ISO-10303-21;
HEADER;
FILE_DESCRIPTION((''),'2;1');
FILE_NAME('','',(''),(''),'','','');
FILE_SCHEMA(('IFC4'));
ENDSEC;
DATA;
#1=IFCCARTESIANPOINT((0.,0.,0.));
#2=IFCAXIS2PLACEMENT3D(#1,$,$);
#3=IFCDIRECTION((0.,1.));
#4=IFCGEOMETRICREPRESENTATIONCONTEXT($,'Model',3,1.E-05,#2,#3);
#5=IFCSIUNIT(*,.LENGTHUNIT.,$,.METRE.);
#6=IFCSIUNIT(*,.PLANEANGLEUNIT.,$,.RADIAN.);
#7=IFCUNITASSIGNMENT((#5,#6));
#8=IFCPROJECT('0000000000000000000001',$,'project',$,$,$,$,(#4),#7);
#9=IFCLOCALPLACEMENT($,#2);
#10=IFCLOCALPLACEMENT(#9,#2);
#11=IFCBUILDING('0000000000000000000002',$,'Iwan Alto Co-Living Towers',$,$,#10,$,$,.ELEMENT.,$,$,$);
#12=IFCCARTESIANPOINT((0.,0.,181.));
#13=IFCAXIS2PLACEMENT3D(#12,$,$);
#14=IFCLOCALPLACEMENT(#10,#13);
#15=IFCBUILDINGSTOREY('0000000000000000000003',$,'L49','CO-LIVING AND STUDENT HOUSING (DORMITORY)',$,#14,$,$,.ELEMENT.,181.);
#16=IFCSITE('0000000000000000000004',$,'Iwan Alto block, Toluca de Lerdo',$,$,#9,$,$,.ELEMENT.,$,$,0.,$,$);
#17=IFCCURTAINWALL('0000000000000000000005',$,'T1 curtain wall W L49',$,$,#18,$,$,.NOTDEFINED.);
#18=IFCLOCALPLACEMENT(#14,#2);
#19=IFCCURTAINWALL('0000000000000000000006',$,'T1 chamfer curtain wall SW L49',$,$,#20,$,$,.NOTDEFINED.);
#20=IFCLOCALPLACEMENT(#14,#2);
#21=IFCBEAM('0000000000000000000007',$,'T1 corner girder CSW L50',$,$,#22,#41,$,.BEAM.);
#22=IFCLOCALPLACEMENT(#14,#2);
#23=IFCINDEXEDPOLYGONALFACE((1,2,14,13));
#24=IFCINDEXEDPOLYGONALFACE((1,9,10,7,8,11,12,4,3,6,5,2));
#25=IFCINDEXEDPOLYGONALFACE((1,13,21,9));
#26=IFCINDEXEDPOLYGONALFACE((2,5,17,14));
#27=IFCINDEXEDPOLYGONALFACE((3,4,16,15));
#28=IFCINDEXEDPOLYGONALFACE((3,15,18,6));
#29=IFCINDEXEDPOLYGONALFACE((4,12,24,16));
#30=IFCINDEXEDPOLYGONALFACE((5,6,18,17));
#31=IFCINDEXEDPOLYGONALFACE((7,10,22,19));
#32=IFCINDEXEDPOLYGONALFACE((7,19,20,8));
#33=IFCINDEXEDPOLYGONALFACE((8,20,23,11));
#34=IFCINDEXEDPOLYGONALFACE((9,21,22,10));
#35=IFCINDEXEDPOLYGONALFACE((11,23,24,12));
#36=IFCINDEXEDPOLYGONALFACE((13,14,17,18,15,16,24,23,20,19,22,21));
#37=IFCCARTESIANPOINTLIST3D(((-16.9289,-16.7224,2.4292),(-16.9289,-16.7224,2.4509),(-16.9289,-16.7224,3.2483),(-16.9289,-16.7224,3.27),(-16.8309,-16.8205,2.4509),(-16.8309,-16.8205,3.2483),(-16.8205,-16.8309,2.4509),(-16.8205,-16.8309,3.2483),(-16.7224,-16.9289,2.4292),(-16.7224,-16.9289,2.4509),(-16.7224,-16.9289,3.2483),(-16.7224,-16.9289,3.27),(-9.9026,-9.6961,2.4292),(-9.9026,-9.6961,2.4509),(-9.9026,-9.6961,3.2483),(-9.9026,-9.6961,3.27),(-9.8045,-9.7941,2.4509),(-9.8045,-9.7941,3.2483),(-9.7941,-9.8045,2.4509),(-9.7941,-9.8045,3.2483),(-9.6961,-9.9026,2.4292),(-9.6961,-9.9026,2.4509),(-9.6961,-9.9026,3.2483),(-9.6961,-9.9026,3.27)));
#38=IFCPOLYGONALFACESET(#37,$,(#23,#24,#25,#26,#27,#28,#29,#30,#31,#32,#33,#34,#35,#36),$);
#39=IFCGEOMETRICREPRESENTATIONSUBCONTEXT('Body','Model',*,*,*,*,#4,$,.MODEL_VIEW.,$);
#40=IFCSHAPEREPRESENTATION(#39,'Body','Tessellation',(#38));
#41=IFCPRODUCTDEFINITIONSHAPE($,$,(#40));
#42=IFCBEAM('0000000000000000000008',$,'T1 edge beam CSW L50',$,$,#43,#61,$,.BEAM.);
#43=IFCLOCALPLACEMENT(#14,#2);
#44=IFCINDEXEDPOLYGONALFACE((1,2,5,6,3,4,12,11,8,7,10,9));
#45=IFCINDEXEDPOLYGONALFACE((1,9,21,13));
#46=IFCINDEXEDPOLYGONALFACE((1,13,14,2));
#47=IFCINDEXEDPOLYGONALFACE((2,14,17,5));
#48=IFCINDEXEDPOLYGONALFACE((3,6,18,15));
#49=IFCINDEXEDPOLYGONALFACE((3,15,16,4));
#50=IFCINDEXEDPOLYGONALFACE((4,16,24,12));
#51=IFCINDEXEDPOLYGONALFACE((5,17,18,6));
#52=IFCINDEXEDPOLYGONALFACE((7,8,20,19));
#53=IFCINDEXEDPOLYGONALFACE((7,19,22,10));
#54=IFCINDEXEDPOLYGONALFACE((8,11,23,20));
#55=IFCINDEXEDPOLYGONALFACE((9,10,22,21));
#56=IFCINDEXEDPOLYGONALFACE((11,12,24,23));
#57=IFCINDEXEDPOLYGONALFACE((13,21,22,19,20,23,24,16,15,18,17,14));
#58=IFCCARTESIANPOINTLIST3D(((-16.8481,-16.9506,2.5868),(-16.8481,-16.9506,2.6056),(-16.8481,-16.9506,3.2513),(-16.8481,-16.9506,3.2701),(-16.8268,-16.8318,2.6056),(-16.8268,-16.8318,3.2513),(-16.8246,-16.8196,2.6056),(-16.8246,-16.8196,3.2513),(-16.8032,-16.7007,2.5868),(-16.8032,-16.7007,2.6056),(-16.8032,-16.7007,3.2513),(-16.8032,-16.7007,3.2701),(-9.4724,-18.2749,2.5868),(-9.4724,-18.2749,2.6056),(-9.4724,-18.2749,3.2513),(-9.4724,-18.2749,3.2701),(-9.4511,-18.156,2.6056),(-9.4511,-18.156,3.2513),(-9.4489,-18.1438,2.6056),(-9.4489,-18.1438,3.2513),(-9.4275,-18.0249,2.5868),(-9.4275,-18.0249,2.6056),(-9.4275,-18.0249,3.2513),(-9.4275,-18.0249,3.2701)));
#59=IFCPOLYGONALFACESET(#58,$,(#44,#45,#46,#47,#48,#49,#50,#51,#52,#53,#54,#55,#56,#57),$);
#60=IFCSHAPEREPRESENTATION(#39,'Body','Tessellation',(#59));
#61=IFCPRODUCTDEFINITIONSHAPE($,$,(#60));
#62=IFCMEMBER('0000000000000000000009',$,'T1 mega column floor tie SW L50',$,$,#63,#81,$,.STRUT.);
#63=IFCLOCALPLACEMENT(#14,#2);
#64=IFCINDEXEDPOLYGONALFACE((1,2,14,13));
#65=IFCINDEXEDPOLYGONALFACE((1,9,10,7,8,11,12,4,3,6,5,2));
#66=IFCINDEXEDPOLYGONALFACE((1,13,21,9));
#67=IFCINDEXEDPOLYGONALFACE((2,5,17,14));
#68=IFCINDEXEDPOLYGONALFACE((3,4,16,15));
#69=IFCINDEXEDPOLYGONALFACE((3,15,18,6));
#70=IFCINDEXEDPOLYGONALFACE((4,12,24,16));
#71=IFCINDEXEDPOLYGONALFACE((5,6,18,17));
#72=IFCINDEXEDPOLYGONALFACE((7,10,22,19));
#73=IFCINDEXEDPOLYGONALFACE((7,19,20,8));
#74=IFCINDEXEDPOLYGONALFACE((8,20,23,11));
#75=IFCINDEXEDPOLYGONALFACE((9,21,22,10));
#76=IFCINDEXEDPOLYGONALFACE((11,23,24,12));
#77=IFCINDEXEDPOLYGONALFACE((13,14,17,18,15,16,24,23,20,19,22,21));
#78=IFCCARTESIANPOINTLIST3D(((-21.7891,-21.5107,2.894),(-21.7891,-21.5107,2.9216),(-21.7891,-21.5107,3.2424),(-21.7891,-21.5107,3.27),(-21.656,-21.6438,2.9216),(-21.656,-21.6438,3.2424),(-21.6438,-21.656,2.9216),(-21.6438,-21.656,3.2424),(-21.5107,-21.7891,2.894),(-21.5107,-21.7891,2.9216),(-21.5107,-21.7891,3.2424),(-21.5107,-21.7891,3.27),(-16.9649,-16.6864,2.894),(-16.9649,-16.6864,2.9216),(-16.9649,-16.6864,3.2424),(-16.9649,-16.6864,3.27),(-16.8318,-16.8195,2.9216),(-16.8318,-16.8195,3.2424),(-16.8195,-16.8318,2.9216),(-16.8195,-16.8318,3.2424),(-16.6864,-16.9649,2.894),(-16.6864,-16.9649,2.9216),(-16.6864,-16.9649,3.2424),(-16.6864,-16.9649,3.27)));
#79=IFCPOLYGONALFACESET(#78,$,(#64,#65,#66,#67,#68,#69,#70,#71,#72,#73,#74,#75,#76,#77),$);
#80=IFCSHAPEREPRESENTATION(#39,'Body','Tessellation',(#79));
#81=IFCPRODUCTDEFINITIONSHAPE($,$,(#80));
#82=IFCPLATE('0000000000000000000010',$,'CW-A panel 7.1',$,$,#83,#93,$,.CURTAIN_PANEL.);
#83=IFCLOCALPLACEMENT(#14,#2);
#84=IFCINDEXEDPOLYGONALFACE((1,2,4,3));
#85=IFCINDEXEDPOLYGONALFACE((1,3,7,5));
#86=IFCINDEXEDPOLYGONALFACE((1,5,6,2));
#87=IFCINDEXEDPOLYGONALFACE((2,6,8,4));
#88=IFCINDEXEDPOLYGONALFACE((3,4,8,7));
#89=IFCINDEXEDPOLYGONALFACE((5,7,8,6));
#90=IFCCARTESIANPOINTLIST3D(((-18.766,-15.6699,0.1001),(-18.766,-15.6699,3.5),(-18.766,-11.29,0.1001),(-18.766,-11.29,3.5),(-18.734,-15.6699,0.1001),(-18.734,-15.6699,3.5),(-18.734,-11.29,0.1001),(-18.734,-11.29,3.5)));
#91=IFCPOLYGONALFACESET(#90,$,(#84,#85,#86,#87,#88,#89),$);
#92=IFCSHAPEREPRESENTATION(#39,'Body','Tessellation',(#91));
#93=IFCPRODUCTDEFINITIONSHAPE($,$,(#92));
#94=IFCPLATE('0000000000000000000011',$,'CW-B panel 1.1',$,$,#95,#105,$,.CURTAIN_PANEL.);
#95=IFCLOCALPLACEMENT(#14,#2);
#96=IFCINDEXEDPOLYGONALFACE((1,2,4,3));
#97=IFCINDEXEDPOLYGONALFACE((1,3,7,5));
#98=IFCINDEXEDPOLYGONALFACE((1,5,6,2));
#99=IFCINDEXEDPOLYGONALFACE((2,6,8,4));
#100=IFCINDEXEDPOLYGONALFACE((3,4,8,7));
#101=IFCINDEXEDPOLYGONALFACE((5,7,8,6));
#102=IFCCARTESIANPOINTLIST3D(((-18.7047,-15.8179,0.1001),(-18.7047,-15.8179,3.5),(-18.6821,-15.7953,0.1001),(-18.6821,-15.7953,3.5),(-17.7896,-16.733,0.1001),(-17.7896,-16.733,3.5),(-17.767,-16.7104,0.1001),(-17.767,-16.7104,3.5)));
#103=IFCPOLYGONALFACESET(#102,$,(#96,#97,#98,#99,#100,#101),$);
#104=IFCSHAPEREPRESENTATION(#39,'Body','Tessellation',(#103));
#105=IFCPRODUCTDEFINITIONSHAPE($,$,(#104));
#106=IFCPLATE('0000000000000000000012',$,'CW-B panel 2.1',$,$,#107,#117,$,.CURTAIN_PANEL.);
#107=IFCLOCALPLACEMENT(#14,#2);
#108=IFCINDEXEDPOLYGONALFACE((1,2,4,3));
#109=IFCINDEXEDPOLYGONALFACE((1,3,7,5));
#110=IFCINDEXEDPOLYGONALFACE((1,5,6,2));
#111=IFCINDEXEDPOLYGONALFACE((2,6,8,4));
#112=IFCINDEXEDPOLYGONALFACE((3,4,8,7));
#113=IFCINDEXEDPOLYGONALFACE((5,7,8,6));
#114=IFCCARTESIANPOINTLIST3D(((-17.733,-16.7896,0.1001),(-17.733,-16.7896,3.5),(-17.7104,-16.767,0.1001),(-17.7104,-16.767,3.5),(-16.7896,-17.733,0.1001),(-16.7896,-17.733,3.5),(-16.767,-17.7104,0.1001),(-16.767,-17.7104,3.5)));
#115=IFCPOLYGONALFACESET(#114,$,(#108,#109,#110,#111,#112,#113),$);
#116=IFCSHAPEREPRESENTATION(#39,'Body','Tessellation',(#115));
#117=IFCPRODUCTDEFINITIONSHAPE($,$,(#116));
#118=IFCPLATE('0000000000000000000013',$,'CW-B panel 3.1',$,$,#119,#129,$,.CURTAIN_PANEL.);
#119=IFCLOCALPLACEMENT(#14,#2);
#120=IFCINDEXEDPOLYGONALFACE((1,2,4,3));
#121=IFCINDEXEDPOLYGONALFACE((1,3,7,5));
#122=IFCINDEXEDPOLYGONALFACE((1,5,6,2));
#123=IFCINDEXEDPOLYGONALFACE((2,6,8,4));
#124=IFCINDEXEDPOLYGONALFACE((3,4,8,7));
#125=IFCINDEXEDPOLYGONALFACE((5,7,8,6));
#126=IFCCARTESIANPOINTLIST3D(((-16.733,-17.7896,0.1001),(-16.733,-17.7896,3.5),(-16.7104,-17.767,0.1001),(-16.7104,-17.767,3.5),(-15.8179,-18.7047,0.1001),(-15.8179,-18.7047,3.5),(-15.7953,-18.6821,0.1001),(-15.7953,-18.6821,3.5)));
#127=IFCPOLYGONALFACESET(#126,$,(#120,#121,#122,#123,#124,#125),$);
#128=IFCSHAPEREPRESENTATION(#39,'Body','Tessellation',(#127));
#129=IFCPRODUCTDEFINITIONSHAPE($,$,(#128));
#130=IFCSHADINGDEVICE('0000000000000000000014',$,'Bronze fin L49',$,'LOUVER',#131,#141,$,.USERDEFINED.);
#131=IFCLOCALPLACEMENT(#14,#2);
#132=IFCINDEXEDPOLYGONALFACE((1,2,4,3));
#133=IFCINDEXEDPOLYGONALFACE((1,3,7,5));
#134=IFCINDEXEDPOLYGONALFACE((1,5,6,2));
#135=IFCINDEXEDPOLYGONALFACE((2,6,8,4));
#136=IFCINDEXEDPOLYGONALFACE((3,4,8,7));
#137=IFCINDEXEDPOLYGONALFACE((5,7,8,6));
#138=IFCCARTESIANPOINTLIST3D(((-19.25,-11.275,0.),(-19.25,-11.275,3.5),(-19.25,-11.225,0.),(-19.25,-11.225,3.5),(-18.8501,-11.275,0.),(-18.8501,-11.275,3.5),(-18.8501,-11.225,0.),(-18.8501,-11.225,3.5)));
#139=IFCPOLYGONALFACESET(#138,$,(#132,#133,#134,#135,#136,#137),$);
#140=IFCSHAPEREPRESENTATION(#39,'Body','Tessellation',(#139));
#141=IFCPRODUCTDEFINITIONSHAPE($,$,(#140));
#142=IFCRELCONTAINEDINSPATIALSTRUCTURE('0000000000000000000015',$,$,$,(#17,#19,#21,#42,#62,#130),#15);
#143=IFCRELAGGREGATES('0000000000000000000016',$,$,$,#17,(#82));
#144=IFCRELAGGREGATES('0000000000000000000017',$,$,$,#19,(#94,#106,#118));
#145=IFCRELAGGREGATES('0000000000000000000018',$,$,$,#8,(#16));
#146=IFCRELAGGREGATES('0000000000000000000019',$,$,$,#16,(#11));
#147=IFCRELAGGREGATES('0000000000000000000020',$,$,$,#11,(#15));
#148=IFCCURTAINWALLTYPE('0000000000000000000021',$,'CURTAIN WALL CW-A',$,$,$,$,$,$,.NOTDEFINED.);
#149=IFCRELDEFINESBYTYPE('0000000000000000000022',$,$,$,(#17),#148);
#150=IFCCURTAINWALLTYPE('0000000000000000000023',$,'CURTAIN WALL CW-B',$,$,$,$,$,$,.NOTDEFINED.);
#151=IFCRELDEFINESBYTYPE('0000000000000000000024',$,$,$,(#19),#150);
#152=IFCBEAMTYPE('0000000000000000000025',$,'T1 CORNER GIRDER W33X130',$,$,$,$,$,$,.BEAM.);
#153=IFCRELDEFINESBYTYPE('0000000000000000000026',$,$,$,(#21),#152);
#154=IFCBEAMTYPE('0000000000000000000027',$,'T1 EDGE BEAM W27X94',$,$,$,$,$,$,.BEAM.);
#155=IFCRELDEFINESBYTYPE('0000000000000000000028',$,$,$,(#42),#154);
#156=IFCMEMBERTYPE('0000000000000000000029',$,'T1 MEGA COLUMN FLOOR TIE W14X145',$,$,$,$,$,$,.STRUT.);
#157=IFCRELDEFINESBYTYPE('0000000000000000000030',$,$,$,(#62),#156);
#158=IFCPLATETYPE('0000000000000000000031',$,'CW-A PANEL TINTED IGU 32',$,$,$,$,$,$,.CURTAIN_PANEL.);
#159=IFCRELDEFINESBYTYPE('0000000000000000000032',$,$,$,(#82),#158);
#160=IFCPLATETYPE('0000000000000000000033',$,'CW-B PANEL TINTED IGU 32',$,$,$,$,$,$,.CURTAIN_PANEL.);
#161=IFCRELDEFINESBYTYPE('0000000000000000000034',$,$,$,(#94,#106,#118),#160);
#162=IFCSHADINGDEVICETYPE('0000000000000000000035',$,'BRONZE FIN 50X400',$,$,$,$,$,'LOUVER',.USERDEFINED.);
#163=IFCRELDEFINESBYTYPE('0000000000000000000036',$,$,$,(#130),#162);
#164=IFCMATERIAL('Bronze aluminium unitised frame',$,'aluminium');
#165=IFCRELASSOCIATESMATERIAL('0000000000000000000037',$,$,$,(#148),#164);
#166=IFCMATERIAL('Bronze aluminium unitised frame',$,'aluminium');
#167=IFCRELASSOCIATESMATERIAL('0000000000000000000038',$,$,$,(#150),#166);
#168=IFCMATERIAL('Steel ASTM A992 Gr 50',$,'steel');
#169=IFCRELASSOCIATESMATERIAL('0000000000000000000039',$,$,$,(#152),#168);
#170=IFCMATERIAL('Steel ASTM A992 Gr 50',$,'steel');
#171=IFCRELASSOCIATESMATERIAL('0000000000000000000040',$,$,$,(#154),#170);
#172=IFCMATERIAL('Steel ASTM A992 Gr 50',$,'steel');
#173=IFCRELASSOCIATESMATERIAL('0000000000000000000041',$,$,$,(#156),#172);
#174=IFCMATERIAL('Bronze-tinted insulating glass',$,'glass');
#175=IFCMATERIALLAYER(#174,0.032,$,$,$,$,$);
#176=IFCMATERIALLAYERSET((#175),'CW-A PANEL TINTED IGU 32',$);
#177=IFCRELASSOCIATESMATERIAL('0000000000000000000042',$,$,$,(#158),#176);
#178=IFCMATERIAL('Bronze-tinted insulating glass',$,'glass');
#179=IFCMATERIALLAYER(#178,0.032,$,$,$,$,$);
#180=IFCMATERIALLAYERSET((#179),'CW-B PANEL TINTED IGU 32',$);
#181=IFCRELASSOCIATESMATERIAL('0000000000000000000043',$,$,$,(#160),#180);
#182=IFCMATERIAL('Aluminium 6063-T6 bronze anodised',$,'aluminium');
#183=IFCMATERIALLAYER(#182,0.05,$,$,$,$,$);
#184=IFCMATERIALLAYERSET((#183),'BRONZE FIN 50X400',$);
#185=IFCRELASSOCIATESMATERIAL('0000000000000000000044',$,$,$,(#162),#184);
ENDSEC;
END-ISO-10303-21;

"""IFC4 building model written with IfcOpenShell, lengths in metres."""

from ifc_helpers import new_model, si_unit, direction, frame, origin, origin_2d, place, context, subcontext, project, spatial, rectangle, i_section, extrude, material, layer, layer_set, material_profile, profile_set, type_object, element, aggregate, save


model = new_model("IFC4")

# Units and contexts
model_context = context("Model", 3, precision=1e-05, world=origin(), true_north=direction((0.0, 1.0)))
body_context = subcontext(model_context, "Body", "Model", "MODEL_VIEW")
ifc_project = project(units=[si_unit("LENGTHUNIT", "METRE"), si_unit("PLANEANGLEUNIT", "RADIAN")], contexts=[model_context])

# Site, building, storey
site_placement = place(None, origin())
site = spatial("IfcSite", under=ifc_project, at=site_placement, Name="Iwan Alto block, Toluca de Lerdo", CompositionType="ELEMENT", RefElevation=0.0)
building_placement = place(site_placement, origin())
building = spatial("IfcBuilding", under=site, at=building_placement, Name="Iwan Alto Co-Living Towers", CompositionType="ELEMENT")
storey_placement = place(building_placement, frame((0.0, 0.0, 181.0)))
storey = spatial("IfcBuildingStorey", under=building, at=storey_placement, Name="L49", Description="CO-LIVING AND STUDENT HOUSING (DORMITORY)", CompositionType="ELEMENT", Elevation=181.0)

# Curtain walls
ifc_material_1 = material(Name="Bronze aluminium unitised frame", Category="aluminium")
curtain_wall_type_1 = type_object("IfcCurtainWallType", Name="CURTAIN WALL CW-A", PredefinedType="NOTDEFINED", material=ifc_material_1)
curtain_wall_1_placement = place(storey_placement, origin())
curtain_wall_1 = element("IfcCurtainWall", 1, at=curtain_wall_1_placement, inside=storey, type_object=curtain_wall_type_1, Name="T1 curtain wall W L49", PredefinedType="NOTDEFINED")
ifc_material_2 = material(Name="Bronze aluminium unitised frame", Category="aluminium")
curtain_wall_type_2 = type_object("IfcCurtainWallType", Name="CURTAIN WALL CW-B", PredefinedType="NOTDEFINED", material=ifc_material_2)
curtain_wall_2_placement = place(storey_placement, origin())
curtain_wall_2 = element("IfcCurtainWall", 2, at=curtain_wall_2_placement, inside=storey, type_object=curtain_wall_type_2, Name="T1 chamfer curtain wall SW L49", PredefinedType="NOTDEFINED")

# Beams
ifc_material_3 = material(Name="Steel ASTM A992 Gr 50", Category="steel")
ifc_material_profile_1 = material_profile(ifc_material_3, i_section(OverallWidth=0.292, OverallDepth=0.8408, WebThickness=0.0146, FlangeThickness=0.0217, at=origin_2d()), Name="W33X130")
ifc_profile_set_1 = profile_set([ifc_material_profile_1], Name="Steel ASTM A992 Gr 50")
beam_type_1 = type_object("IfcBeamType", Name="T1 CORNER GIRDER W33X130", PredefinedType="BEAM", material=ifc_profile_set_1)
beam_1_placement = place(storey_placement, frame((-16.8257, -16.8257, 2.8496), z_axis=(0.707107, 0.707107, 0.0), x_axis=(-0.707107, 0.707107, 0.0)))
element("IfcBeam", 3, at=beam_1_placement, inside=storey, type_object=beam_type_1, Name="T1 corner girder CSW L50", PredefinedType="BEAM", context=body_context, shape_type="SweptSolid", body=[
    extrude(i_section(OverallWidth=0.292, OverallDepth=0.8408, WebThickness=0.0146, FlangeThickness=0.0217, at=origin_2d()), origin(), (0.0, 0.0, 1.0), 9.9368),
])
ifc_material_4 = material(Name="Steel ASTM A992 Gr 50", Category="steel")
ifc_material_profile_2 = material_profile(ifc_material_4, i_section(OverallWidth=0.2539, OverallDepth=0.6833, WebThickness=0.0125, FlangeThickness=0.0188, at=origin_2d()), Name="W27X94")
ifc_profile_set_2 = profile_set([ifc_material_profile_2], Name="Steel ASTM A992 Gr 50")
beam_type_2 = type_object("IfcBeamType", Name="T1 EDGE BEAM W27X94", PredefinedType="BEAM", material=ifc_profile_set_2)
beam_2_placement = place(storey_placement, frame((-16.8257, -16.8257, 2.9285), z_axis=(0.984263, -0.176712, 0.0), x_axis=(0.176712, 0.984263, 0.0)))
element("IfcBeam", 4, at=beam_2_placement, inside=storey, type_object=beam_type_2, Name="T1 edge beam CSW L50", PredefinedType="BEAM", context=body_context, shape_type="SweptSolid", body=[
    extrude(i_section(OverallWidth=0.2539, OverallDepth=0.6833, WebThickness=0.0125, FlangeThickness=0.0188, at=origin_2d()), origin(), (0.0, 0.0, 1.0), 7.4937),
])

# Member
ifc_material_5 = material(Name="Steel ASTM A992 Gr 50", Category="steel")
ifc_material_profile_3 = material_profile(ifc_material_5, i_section(OverallWidth=0.3938, OverallDepth=0.376, WebThickness=0.0173, FlangeThickness=0.0276, at=origin_2d()), Name="W14X145")
ifc_profile_set_3 = profile_set([ifc_material_profile_3], Name="Steel ASTM A992 Gr 50")
member_type_1 = type_object("IfcMemberType", Name="T1 MEGA COLUMN FLOOR TIE W14X145", PredefinedType="STRUT", material=ifc_profile_set_3)
member_1_placement = place(storey_placement, frame((-21.6499, -21.6499, 3.082), z_axis=(0.707107, 0.707107, 0.0), x_axis=(-0.707107, 0.707107, 0.0)))
element("IfcMember", 5, at=member_1_placement, inside=storey, type_object=member_type_1, Name="T1 mega column floor tie SW L50", PredefinedType="STRUT", context=body_context, shape_type="SweptSolid", body=[
    extrude(i_section(OverallWidth=0.3938, OverallDepth=0.376, WebThickness=0.0173, FlangeThickness=0.0276, at=origin_2d()), origin(), (0.0, 0.0, 1.0), 6.8225),
])

# Plates
ifc_material_6 = material(Name="Bronze-tinted insulating glass", Category="glass")
ifc_layer_1 = layer(ifc_material_6, 0.032)
ifc_layer_set_1 = layer_set([ifc_layer_1], Name="CW-A PANEL TINTED IGU 32")
plate_type_1 = type_object("IfcPlateType", Name="CW-A PANEL TINTED IGU 32", PredefinedType="CURTAIN_PANEL", material=ifc_layer_set_1)
plate_1_placement = place(storey_placement, frame((-18.75, -13.48, 0.1001), z_axis=(0.0, 0.0, 1.0), x_axis=(0.0, -1.0, 0.0)))
plate_1 = element("IfcPlate", 6, at=plate_1_placement, type_object=plate_type_1, Name="CW-A panel 7.1", PredefinedType="CURTAIN_PANEL", context=body_context, shape_type="SweptSolid", body=[
    extrude(rectangle(XDim=4.3799, YDim=0.032, at=origin_2d()), origin(), (0.0, 0.0, 1.0), 3.3999),
])
aggregate(curtain_wall_1, [plate_1])
ifc_material_7 = material(Name="Bronze-tinted insulating glass", Category="glass")
ifc_layer_2 = layer(ifc_material_7, 0.032)
ifc_layer_set_2 = layer_set([ifc_layer_2], Name="CW-B PANEL TINTED IGU 32")
plate_type_2 = type_object("IfcPlateType", Name="CW-B PANEL TINTED IGU 32", PredefinedType="CURTAIN_PANEL", material=ifc_layer_set_2)
plate_2_placement = place(storey_placement, frame((-18.2358, -16.2642, 0.1001), z_axis=(0.0, 0.0, 1.0), x_axis=(0.707107, -0.707107, 0.0)))
plate_2 = element("IfcPlate", 7, at=plate_2_placement, type_object=plate_type_2, Name="CW-B panel 1.1", PredefinedType="CURTAIN_PANEL", context=body_context, shape_type="SweptSolid", body=[
    extrude(rectangle(XDim=1.2942, YDim=0.032, at=origin_2d()), origin(), (0.0, 0.0, 1.0), 3.3999),
])
plate_3_placement = place(storey_placement, frame((-17.25, -17.25, 0.1001), z_axis=(0.0, 0.0, 1.0), x_axis=(0.707107, -0.707107, 0.0)))
plate_3 = element("IfcPlate", 8, at=plate_3_placement, type_object=plate_type_2, Name="CW-B panel 2.1", PredefinedType="CURTAIN_PANEL", context=body_context, shape_type="SweptSolid", body=[
    extrude(rectangle(XDim=1.3342, YDim=0.032, at=origin_2d()), origin(), (0.0, 0.0, 1.0), 3.3999),
])
plate_4_placement = place(storey_placement, frame((-16.2642, -18.2358, 0.1001), z_axis=(0.0, 0.0, 1.0), x_axis=(0.707107, -0.707107, 0.0)))
plate_4 = element("IfcPlate", 9, at=plate_4_placement, type_object=plate_type_2, Name="CW-B panel 3.1", PredefinedType="CURTAIN_PANEL", context=body_context, shape_type="SweptSolid", body=[
    extrude(rectangle(XDim=1.2942, YDim=0.032, at=origin_2d()), origin(), (0.0, 0.0, 1.0), 3.3999),
])
aggregate(curtain_wall_2, [plate_2, plate_3, plate_4])

# Shading device
ifc_material_8 = material(Name="Aluminium 6063-T6 bronze anodised", Category="aluminium")
ifc_layer_3 = layer(ifc_material_8, 0.05)
ifc_layer_set_3 = layer_set([ifc_layer_3], Name="BRONZE FIN 50X400")
shading_device_type = type_object("IfcShadingDeviceType", Name="BRONZE FIN 50X400", ElementType="LOUVER", PredefinedType="USERDEFINED", material=ifc_layer_set_3)
shading_device_placement = place(storey_placement, frame((-19.05, -11.25, 0.0), z_axis=(0.0, 0.0, 1.0), x_axis=(0.0, -1.0, 0.0)))
element("IfcShadingDevice", 10, at=shading_device_placement, inside=storey, type_object=shading_device_type, Name="Bronze fin L49", ObjectType="LOUVER", PredefinedType="USERDEFINED", context=body_context, shape_type="SweptSolid", body=[
    extrude(rectangle(XDim=0.05, YDim=0.3999, at=origin_2d()), origin(), (0.0, 0.0, 1.0), 3.5),
])

save(model, "model.ifc")
